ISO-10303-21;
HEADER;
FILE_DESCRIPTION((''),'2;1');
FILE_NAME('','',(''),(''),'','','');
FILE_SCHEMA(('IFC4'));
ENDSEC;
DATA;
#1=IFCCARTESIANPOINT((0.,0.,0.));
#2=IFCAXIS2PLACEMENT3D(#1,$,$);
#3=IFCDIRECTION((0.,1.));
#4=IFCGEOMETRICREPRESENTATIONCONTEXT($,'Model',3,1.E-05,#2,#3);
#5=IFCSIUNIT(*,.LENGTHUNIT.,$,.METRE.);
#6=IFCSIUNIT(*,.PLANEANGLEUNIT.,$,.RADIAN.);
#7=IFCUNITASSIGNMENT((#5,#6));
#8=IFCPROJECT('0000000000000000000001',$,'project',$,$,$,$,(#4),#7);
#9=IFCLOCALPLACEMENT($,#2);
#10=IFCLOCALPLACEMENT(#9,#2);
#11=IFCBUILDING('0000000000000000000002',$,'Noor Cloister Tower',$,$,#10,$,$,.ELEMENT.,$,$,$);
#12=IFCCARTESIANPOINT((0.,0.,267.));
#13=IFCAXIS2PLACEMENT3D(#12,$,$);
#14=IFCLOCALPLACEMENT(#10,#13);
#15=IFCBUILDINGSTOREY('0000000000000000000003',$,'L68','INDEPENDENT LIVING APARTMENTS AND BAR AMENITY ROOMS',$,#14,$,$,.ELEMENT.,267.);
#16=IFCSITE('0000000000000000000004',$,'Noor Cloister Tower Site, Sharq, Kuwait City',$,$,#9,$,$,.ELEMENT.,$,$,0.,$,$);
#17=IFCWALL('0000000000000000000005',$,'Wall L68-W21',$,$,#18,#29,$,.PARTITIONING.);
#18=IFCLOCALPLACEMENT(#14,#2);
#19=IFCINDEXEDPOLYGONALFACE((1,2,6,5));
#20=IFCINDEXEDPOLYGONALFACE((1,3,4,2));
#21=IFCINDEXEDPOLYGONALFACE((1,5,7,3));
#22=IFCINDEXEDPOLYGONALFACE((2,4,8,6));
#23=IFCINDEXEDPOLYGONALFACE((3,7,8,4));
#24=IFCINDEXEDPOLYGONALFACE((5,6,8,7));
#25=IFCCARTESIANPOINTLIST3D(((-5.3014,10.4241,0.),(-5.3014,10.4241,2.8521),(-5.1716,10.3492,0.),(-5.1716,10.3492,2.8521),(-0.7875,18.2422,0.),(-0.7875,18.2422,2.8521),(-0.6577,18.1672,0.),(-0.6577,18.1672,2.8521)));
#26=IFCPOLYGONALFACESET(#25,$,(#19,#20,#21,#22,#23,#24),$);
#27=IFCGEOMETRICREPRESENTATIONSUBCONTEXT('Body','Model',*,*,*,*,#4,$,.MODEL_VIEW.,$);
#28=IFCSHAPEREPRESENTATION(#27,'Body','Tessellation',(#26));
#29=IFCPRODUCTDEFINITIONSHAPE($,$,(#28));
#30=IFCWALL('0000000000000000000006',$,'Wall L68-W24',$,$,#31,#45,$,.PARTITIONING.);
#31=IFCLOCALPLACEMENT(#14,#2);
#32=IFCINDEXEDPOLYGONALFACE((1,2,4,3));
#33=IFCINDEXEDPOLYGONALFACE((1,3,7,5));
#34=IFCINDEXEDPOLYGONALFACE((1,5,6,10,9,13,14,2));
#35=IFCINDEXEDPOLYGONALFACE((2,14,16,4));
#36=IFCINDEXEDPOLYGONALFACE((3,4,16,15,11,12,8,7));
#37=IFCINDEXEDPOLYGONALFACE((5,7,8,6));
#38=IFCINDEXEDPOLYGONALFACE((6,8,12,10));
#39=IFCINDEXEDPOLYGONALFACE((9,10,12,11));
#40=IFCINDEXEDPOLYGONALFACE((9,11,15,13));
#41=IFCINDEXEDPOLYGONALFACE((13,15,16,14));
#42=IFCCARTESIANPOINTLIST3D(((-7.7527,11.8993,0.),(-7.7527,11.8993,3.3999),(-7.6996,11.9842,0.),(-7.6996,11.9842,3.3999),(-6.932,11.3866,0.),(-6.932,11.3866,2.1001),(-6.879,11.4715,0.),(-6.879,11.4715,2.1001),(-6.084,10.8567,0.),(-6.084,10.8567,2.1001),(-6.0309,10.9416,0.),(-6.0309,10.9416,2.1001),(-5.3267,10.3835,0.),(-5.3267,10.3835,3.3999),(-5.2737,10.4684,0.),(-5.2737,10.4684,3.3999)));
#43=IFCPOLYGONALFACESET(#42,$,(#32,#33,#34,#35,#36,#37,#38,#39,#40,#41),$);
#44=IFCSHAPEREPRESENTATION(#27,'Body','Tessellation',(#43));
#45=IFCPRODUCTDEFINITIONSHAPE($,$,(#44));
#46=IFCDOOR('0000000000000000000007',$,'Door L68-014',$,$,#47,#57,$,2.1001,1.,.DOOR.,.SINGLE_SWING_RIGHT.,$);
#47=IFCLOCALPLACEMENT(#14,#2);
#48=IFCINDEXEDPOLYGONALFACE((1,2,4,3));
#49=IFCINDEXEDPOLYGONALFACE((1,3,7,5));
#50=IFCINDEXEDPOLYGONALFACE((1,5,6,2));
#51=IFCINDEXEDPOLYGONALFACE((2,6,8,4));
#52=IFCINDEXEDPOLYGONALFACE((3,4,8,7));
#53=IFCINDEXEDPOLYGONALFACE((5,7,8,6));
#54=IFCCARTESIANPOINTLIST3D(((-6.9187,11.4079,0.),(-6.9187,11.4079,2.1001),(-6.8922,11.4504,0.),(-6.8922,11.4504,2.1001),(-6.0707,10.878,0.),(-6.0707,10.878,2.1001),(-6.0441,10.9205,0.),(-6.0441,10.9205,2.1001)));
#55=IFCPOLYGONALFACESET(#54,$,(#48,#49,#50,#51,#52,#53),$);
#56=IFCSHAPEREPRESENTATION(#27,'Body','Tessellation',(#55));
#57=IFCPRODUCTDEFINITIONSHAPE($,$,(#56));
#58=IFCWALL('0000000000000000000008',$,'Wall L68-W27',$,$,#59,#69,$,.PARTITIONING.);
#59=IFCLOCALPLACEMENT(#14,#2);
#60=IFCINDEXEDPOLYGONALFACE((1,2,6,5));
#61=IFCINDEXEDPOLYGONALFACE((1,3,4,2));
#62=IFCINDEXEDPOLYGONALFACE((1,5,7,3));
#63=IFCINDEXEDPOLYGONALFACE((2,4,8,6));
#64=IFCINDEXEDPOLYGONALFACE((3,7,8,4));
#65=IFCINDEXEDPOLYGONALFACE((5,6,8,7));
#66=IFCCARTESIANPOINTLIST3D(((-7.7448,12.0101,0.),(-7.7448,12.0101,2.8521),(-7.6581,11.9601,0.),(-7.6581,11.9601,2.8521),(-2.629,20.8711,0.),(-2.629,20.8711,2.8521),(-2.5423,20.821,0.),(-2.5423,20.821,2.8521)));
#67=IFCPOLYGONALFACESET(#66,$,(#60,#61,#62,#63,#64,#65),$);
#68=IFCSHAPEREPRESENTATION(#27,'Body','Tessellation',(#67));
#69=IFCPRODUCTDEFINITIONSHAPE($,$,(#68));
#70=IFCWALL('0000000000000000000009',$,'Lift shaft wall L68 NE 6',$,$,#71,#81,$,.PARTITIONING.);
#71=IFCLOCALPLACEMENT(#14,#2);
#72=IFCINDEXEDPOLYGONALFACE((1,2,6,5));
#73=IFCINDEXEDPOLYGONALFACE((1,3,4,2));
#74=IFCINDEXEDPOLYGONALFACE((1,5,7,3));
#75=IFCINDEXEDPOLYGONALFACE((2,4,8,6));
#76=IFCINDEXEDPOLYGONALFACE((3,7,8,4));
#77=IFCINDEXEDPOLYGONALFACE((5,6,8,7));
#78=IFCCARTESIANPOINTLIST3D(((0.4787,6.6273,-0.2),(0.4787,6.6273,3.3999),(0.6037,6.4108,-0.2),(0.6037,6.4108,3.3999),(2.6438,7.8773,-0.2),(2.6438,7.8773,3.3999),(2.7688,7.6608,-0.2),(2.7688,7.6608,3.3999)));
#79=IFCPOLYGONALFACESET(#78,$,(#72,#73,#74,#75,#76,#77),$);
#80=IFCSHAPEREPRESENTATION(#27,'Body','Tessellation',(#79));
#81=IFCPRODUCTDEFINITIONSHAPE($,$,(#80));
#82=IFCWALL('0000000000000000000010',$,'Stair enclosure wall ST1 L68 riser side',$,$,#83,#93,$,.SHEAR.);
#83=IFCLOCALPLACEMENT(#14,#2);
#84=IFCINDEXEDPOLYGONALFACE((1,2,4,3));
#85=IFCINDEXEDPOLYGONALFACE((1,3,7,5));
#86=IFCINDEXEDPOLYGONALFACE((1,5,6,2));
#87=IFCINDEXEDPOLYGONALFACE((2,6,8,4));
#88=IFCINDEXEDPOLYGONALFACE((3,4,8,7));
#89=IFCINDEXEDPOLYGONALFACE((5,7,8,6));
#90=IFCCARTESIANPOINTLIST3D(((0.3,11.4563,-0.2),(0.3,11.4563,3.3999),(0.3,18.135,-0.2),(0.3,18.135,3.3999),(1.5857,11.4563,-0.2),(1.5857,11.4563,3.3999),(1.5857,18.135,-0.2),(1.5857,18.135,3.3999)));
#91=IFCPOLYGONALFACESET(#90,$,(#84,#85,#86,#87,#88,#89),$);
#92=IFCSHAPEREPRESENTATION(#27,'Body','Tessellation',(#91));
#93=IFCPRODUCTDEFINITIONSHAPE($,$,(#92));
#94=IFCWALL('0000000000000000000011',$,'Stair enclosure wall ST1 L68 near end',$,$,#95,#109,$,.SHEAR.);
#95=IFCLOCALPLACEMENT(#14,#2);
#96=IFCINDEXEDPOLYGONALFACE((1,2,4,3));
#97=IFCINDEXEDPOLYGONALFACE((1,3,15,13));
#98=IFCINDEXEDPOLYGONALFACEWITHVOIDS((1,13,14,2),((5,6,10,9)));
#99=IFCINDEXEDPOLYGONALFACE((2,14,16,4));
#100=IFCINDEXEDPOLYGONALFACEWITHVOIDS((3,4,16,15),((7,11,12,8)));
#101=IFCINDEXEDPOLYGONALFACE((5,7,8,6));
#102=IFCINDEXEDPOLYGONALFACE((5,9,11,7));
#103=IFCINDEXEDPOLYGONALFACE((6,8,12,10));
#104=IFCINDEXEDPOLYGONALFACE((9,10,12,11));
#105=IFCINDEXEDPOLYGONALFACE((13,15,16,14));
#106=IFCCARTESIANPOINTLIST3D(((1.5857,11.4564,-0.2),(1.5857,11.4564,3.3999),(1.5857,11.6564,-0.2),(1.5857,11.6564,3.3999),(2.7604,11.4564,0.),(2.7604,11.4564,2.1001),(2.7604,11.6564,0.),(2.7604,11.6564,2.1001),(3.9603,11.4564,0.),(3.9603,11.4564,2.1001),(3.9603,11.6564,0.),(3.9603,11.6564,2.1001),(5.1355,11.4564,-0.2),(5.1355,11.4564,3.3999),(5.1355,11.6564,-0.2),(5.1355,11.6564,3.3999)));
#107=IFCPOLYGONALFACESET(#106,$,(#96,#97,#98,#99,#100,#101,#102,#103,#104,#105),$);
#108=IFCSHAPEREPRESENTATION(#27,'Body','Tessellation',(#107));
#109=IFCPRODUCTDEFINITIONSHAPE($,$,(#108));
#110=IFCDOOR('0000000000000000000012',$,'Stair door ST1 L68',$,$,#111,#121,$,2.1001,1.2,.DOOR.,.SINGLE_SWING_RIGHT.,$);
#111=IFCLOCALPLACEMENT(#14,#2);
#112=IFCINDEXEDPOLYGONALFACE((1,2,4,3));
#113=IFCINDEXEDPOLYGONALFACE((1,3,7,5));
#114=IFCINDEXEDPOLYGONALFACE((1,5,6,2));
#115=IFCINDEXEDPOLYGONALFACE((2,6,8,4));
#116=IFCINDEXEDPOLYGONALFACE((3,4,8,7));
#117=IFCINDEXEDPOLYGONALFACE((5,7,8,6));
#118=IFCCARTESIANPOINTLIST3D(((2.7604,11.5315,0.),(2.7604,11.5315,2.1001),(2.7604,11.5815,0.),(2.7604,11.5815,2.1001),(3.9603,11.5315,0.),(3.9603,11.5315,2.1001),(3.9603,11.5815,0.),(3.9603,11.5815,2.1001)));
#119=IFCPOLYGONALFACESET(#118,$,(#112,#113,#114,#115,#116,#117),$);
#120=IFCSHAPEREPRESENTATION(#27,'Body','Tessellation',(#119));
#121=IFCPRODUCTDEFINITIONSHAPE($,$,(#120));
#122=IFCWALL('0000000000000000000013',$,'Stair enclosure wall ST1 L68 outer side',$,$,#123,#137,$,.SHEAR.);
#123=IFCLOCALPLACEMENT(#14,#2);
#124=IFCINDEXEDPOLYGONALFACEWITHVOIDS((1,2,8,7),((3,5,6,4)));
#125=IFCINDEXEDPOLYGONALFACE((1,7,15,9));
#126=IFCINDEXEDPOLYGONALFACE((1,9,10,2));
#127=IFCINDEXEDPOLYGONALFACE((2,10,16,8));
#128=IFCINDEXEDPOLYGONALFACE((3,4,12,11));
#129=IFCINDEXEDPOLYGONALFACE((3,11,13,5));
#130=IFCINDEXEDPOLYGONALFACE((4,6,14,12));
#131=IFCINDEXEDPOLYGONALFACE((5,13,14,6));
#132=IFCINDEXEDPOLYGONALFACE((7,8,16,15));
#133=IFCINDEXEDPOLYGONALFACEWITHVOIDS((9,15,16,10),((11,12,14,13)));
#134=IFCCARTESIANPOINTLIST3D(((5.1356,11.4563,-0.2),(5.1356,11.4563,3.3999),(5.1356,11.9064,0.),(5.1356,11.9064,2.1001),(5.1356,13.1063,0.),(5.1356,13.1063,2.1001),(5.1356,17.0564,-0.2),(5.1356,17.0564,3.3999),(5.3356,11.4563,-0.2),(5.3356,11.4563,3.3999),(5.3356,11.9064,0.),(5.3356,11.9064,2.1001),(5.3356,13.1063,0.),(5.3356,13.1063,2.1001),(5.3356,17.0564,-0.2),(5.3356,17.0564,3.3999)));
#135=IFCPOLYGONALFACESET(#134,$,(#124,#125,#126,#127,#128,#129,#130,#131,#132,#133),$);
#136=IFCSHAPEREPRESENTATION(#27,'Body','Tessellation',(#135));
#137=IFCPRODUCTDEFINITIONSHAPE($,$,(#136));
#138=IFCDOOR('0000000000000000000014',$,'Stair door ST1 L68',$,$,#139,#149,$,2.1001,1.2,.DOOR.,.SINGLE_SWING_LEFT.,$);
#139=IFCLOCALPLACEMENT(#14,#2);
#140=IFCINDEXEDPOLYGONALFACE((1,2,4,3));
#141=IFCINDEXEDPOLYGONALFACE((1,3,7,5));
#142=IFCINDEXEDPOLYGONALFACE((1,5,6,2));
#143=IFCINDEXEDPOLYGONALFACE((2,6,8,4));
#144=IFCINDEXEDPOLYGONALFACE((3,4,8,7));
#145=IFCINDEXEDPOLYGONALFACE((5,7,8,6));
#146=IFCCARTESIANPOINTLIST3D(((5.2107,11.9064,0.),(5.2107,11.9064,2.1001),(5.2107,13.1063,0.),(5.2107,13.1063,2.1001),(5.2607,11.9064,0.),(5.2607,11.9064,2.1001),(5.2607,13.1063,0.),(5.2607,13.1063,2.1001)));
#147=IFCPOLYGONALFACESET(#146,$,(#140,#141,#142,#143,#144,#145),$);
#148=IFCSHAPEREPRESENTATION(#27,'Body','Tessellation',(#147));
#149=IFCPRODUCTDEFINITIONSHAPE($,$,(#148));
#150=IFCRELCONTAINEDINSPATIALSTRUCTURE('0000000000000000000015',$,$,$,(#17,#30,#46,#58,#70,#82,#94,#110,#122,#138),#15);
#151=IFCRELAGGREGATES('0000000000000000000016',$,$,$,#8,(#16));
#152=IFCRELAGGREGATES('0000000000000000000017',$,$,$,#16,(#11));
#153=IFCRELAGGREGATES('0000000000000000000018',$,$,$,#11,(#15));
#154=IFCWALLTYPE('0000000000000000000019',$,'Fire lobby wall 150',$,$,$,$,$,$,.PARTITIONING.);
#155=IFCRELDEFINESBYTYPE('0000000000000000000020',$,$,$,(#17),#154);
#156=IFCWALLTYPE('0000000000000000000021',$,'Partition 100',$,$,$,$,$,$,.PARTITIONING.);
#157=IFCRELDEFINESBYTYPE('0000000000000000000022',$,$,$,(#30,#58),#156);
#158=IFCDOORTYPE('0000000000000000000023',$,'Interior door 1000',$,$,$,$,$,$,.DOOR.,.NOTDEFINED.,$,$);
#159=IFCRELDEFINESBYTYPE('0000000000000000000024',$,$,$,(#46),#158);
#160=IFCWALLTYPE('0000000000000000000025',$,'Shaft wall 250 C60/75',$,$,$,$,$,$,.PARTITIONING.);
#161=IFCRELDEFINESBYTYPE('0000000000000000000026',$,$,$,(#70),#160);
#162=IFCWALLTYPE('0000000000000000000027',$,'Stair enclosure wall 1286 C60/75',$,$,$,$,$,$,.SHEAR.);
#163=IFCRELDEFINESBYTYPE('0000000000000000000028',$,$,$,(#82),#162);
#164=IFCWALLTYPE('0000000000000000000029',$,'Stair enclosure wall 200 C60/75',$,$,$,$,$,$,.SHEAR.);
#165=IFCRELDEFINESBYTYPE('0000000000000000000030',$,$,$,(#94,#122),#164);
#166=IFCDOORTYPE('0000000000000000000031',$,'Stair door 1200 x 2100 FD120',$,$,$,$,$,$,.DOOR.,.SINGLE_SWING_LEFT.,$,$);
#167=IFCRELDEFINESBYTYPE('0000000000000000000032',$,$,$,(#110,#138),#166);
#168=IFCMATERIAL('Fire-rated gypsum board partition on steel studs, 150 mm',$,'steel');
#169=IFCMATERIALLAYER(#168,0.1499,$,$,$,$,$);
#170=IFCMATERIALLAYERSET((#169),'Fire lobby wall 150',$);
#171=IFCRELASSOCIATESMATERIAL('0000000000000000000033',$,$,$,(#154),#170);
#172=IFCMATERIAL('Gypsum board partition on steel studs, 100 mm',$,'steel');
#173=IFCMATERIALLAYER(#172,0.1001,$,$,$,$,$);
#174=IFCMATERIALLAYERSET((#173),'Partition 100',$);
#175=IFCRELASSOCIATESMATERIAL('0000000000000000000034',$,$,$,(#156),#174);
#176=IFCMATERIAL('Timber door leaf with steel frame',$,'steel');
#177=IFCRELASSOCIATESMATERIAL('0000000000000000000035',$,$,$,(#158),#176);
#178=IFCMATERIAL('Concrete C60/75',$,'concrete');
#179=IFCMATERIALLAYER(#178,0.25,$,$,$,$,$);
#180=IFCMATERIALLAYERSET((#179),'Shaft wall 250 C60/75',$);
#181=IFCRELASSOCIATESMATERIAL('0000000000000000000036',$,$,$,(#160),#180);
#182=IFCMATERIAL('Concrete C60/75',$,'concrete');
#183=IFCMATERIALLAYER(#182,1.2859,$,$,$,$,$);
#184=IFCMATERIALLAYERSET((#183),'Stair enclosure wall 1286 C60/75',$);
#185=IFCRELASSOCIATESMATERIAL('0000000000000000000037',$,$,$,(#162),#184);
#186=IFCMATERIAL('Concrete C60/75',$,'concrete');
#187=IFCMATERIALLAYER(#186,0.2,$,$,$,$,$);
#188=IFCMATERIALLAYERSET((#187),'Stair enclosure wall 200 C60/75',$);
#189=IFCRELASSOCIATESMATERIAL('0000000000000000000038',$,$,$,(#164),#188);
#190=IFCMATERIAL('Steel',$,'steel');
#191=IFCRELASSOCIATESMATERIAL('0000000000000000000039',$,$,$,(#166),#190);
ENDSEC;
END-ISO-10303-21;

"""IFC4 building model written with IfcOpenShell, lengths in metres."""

from ifc_helpers import new_model, si_unit, direction, frame, frame_2d, origin, place, context, subcontext, project, spatial, rectangle, extrude, material, layer, layer_set, type_object, element, fill, save


model = new_model("IFC4")

# Units and contexts
model_context = context("Model", 3, precision=1e-05, world=origin(), true_north=direction((0.0, 1.0)))
body_context = subcontext(model_context, "Body", "Model", "MODEL_VIEW")
ifc_project = project(units=[si_unit("LENGTHUNIT", "METRE"), si_unit("PLANEANGLEUNIT", "RADIAN")], contexts=[model_context])

# Site, building, storey
site_placement = place(None, origin())
site = spatial("IfcSite", under=ifc_project, at=site_placement, Name="Noor Cloister Tower Site, Sharq, Kuwait City", CompositionType="ELEMENT", RefElevation=0.0)
building_placement = place(site_placement, origin())
building = spatial("IfcBuilding", under=site, at=building_placement, Name="Noor Cloister Tower", CompositionType="ELEMENT")
storey_placement = place(building_placement, frame((0.0, 0.0, 267.0)))
storey = spatial("IfcBuildingStorey", under=building, at=storey_placement, Name="L68", Description="INDEPENDENT LIVING APARTMENTS AND BAR AMENITY ROOMS", CompositionType="ELEMENT", Elevation=267.0)

# Wall
ifc_material_1 = material(Name="Fire-rated gypsum board partition on steel studs, 150 mm", Category="steel")
ifc_layer_1 = layer(ifc_material_1, 0.1499)
ifc_layer_set_1 = layer_set([ifc_layer_1], Name="Fire lobby wall 150")
wall_type_1 = type_object("IfcWallType", Name="Fire lobby wall 150", PredefinedType="PARTITIONING", material=ifc_layer_set_1)
wall_1_placement = place(storey_placement, frame((-0.7227, 18.2046, 0.0), z_axis=(0.0, 0.0, 1.0), x_axis=(-0.50001, -0.866019, 0.0)))
element("IfcWall", 1, at=wall_1_placement, inside=storey, type_object=wall_type_1, Name="Wall L68-W21", PredefinedType="PARTITIONING", context=body_context, shape_type="SweptSolid", body=[
    extrude(rectangle(XDim=9.0276, YDim=0.1499, at=frame_2d((4.5137, 0.0))), origin(), (0.0, 0.0, 1.0), 2.8521),
])

# Wall, opening, door
ifc_material_2 = material(Name="Gypsum board partition on steel studs, 100 mm", Category="steel")
ifc_layer_2 = layer(ifc_material_2, 0.1001)
ifc_layer_set_2 = layer_set([ifc_layer_2], Name="Partition 100")
wall_type_2 = type_object("IfcWallType", Name="Partition 100", PredefinedType="PARTITIONING", material=ifc_layer_set_2)
wall_2_placement = place(storey_placement, frame((-5.3003, 10.426, 0.0), z_axis=(0.0, 0.0, 1.0), x_axis=(-0.848061, 0.529899, 0.0)))
wall_2 = element("IfcWall", 2, at=wall_2_placement, inside=storey, type_object=wall_type_2, Name="Wall L68-W24", PredefinedType="PARTITIONING", context=body_context, shape_type="SweptSolid", body=[
    extrude(rectangle(XDim=2.8606, YDim=0.1001, at=frame_2d((1.4302, 0.0))), origin(), (0.0, 0.0, 1.0), 3.3999),
])
opening_1_placement = place(wall_2_placement, frame((0.8928, 0.0, 0.0)))
opening_1 = element("IfcOpeningElement", 3, at=opening_1_placement, cuts=wall_2, PredefinedType="OPENING", context=body_context, shape_type="SweptSolid", body=[
    extrude(rectangle(XDim=1.0, YDim=2.1001, at=frame_2d((0.5, 1.05))), frame((0.0, 0.0601, 0.0), z_axis=(0.0, -1.0, 0.0), x_axis=(1.0, 0.0, 0.0)), (0.0, 0.0, 1.0), 0.1201),
])
ifc_material_3 = material(Name="Timber door leaf with steel frame", Category="steel")
door_type_1 = type_object("IfcDoorType", Name="Interior door 1000", OperationType="NOTDEFINED", PredefinedType="DOOR", material=ifc_material_3)
door_1_placement = place(opening_1_placement, origin())
door_1 = element("IfcDoor", 4, at=door_1_placement, inside=storey, type_object=door_type_1, Name="Door L68-014", OperationType="SINGLE_SWING_RIGHT", OverallHeight=2.1001, OverallWidth=1.0, PredefinedType="DOOR", context=body_context, shape_type="SweptSolid", body=[
    extrude(rectangle(XDim=1.0, YDim=2.1001, at=frame_2d((0.5, 1.05))), frame((0.0, 0.0249, 0.0), z_axis=(0.0, -1.0, 0.0), x_axis=(1.0, 0.0, 0.0)), (0.0, 0.0, 1.0), 0.05),
])
fill(opening_1, door_1)

# Walls
wall_3_placement = place(storey_placement, frame((-2.5857, 20.8459, 0.0), z_axis=(0.0, 0.0, 1.0), x_axis=(-0.499994, -0.866029, 0.0)))
element("IfcWall", 5, at=wall_3_placement, inside=storey, type_object=wall_type_2, Name="Wall L68-W27", PredefinedType="PARTITIONING", context=body_context, shape_type="SweptSolid", body=[
    extrude(rectangle(XDim=10.2317, YDim=0.1001, at=frame_2d((5.1157, 0.0))), origin(), (0.0, 0.0, 1.0), 2.8521),
])
ifc_material_4 = material(Name="Concrete C60/75", Category="concrete")
ifc_layer_3 = layer(ifc_material_4, 0.25)
ifc_layer_set_3 = layer_set([ifc_layer_3], Name="Shaft wall 250 C60/75")
wall_type_3 = type_object("IfcWallType", Name="Shaft wall 250 C60/75", PredefinedType="PARTITIONING", material=ifc_layer_set_3)
wall_4_placement = place(storey_placement, frame((2.7063, 7.769, -0.2), z_axis=(0.0, 0.0, 1.0), x_axis=(-0.866023, -0.500004, 0.0)))
element("IfcWall", 6, at=wall_4_placement, inside=storey, type_object=wall_type_3, Name="Lift shaft wall L68 NE 6", PredefinedType="PARTITIONING", context=body_context, shape_type="SweptSolid", body=[
    extrude(rectangle(XDim=2.5, YDim=0.25, at=frame_2d((1.25, 0.0))), origin(), (0.0, 0.0, 1.0), 3.5999),
])
ifc_material_5 = material(Name="Concrete C60/75", Category="concrete")
ifc_layer_4 = layer(ifc_material_5, 1.2859)
ifc_layer_set_4 = layer_set([ifc_layer_4], Name="Stair enclosure wall 1286 C60/75")
wall_type_4 = type_object("IfcWallType", Name="Stair enclosure wall 1286 C60/75", PredefinedType="SHEAR", material=ifc_layer_set_4)
wall_5_placement = place(storey_placement, frame((0.9429, 11.4563, -0.2), z_axis=(0.0, 0.0, 1.0), x_axis=(0.0, 1.0, 0.0)))
element("IfcWall", 7, at=wall_5_placement, inside=storey, type_object=wall_type_4, Name="Stair enclosure wall ST1 L68 riser side", PredefinedType="SHEAR", context=body_context, shape_type="SweptSolid", body=[
    extrude(rectangle(XDim=6.6787, YDim=1.2856, at=frame_2d((3.3394, 0.0))), origin(), (0.0, 0.0, 1.0), 3.5999),
])

# Walls, openings, doors
ifc_material_6 = material(Name="Concrete C60/75", Category="concrete")
ifc_layer_5 = layer(ifc_material_6, 0.2)
ifc_layer_set_5 = layer_set([ifc_layer_5], Name="Stair enclosure wall 200 C60/75")
wall_type_5 = type_object("IfcWallType", Name="Stair enclosure wall 200 C60/75", PredefinedType="SHEAR", material=ifc_layer_set_5)
wall_6_placement = place(storey_placement, frame((5.1355, 11.5564, -0.2), z_axis=(0.0, 0.0, 1.0), x_axis=(-1.0, 0.0, 0.0)))
wall_6 = element("IfcWall", 8, at=wall_6_placement, inside=storey, type_object=wall_type_5, Name="Stair enclosure wall ST1 L68 near end", PredefinedType="SHEAR", context=body_context, shape_type="SweptSolid", body=[
    extrude(rectangle(XDim=3.5498, YDim=0.2, at=frame_2d((1.7749, 0.0))), origin(), (0.0, 0.0, 1.0), 3.5999),
])
opening_2_placement = place(wall_6_placement, frame((1.175, 0.0, 0.2)))
opening_2 = element("IfcOpeningElement", 9, at=opening_2_placement, cuts=wall_6, PredefinedType="OPENING", context=body_context, shape_type="SweptSolid", body=[
    extrude(rectangle(XDim=1.2, YDim=2.1001, at=frame_2d((0.6001, 1.05))), frame((0.0, 0.1099, 0.0), z_axis=(0.0, -1.0, 0.0), x_axis=(1.0, 0.0, 0.0)), (0.0, 0.0, 1.0), 0.22),
])
ifc_material_7 = material(Name="Steel", Category="steel")
door_type_2 = type_object("IfcDoorType", Name="Stair door 1200 x 2100 FD120", OperationType="SINGLE_SWING_LEFT", PredefinedType="DOOR", material=ifc_material_7)
door_2_placement = place(opening_2_placement, origin())
door_2 = element("IfcDoor", 10, at=door_2_placement, inside=storey, type_object=door_type_2, Name="Stair door ST1 L68", OperationType="SINGLE_SWING_RIGHT", OverallHeight=2.1001, OverallWidth=1.2, PredefinedType="DOOR", context=body_context, shape_type="SweptSolid", body=[
    extrude(rectangle(XDim=1.2, YDim=2.1001, at=frame_2d((0.6001, 1.05))), frame((0.0, 0.0249, 0.0), z_axis=(0.0, -1.0, 0.0), x_axis=(1.0, 0.0, 0.0)), (0.0, 0.0, 1.0), 0.05),
])
fill(opening_2, door_2)
wall_7_placement = place(storey_placement, frame((5.2356, 11.4563, -0.2), z_axis=(0.0, 0.0, 1.0), x_axis=(0.0, 1.0, 0.0)))
wall_7 = element("IfcWall", 11, at=wall_7_placement, inside=storey, type_object=wall_type_5, Name="Stair enclosure wall ST1 L68 outer side", PredefinedType="SHEAR", context=body_context, shape_type="SweptSolid", body=[
    extrude(rectangle(XDim=5.6001, YDim=0.2, at=frame_2d((2.8, 0.0))), origin(), (0.0, 0.0, 1.0), 3.5999),
])
opening_3_placement = place(wall_7_placement, frame((0.45, 0.0, 0.2)))
opening_3 = element("IfcOpeningElement", 12, at=opening_3_placement, cuts=wall_7, PredefinedType="OPENING", context=body_context, shape_type="SweptSolid", body=[
    extrude(rectangle(XDim=1.2, YDim=2.1001, at=frame_2d((0.6001, 1.05))), frame((0.0, 0.1099, 0.0), z_axis=(0.0, -1.0, 0.0), x_axis=(1.0, 0.0, 0.0)), (0.0, 0.0, 1.0), 0.22),
])
door_3_placement = place(opening_3_placement, origin())
door_3 = element("IfcDoor", 13, at=door_3_placement, inside=storey, type_object=door_type_2, Name="Stair door ST1 L68", OperationType="SINGLE_SWING_LEFT", OverallHeight=2.1001, OverallWidth=1.2, PredefinedType="DOOR", context=body_context, shape_type="SweptSolid", body=[
    extrude(rectangle(XDim=1.2, YDim=2.1001, at=frame_2d((0.6001, 1.05))), frame((0.0, 0.0249, 0.0), z_axis=(0.0, -1.0, 0.0), x_axis=(1.0, 0.0, 0.0)), (0.0, 0.0, 1.0), 0.05),
])
fill(opening_3, door_3)

save(model, "model.ifc")
